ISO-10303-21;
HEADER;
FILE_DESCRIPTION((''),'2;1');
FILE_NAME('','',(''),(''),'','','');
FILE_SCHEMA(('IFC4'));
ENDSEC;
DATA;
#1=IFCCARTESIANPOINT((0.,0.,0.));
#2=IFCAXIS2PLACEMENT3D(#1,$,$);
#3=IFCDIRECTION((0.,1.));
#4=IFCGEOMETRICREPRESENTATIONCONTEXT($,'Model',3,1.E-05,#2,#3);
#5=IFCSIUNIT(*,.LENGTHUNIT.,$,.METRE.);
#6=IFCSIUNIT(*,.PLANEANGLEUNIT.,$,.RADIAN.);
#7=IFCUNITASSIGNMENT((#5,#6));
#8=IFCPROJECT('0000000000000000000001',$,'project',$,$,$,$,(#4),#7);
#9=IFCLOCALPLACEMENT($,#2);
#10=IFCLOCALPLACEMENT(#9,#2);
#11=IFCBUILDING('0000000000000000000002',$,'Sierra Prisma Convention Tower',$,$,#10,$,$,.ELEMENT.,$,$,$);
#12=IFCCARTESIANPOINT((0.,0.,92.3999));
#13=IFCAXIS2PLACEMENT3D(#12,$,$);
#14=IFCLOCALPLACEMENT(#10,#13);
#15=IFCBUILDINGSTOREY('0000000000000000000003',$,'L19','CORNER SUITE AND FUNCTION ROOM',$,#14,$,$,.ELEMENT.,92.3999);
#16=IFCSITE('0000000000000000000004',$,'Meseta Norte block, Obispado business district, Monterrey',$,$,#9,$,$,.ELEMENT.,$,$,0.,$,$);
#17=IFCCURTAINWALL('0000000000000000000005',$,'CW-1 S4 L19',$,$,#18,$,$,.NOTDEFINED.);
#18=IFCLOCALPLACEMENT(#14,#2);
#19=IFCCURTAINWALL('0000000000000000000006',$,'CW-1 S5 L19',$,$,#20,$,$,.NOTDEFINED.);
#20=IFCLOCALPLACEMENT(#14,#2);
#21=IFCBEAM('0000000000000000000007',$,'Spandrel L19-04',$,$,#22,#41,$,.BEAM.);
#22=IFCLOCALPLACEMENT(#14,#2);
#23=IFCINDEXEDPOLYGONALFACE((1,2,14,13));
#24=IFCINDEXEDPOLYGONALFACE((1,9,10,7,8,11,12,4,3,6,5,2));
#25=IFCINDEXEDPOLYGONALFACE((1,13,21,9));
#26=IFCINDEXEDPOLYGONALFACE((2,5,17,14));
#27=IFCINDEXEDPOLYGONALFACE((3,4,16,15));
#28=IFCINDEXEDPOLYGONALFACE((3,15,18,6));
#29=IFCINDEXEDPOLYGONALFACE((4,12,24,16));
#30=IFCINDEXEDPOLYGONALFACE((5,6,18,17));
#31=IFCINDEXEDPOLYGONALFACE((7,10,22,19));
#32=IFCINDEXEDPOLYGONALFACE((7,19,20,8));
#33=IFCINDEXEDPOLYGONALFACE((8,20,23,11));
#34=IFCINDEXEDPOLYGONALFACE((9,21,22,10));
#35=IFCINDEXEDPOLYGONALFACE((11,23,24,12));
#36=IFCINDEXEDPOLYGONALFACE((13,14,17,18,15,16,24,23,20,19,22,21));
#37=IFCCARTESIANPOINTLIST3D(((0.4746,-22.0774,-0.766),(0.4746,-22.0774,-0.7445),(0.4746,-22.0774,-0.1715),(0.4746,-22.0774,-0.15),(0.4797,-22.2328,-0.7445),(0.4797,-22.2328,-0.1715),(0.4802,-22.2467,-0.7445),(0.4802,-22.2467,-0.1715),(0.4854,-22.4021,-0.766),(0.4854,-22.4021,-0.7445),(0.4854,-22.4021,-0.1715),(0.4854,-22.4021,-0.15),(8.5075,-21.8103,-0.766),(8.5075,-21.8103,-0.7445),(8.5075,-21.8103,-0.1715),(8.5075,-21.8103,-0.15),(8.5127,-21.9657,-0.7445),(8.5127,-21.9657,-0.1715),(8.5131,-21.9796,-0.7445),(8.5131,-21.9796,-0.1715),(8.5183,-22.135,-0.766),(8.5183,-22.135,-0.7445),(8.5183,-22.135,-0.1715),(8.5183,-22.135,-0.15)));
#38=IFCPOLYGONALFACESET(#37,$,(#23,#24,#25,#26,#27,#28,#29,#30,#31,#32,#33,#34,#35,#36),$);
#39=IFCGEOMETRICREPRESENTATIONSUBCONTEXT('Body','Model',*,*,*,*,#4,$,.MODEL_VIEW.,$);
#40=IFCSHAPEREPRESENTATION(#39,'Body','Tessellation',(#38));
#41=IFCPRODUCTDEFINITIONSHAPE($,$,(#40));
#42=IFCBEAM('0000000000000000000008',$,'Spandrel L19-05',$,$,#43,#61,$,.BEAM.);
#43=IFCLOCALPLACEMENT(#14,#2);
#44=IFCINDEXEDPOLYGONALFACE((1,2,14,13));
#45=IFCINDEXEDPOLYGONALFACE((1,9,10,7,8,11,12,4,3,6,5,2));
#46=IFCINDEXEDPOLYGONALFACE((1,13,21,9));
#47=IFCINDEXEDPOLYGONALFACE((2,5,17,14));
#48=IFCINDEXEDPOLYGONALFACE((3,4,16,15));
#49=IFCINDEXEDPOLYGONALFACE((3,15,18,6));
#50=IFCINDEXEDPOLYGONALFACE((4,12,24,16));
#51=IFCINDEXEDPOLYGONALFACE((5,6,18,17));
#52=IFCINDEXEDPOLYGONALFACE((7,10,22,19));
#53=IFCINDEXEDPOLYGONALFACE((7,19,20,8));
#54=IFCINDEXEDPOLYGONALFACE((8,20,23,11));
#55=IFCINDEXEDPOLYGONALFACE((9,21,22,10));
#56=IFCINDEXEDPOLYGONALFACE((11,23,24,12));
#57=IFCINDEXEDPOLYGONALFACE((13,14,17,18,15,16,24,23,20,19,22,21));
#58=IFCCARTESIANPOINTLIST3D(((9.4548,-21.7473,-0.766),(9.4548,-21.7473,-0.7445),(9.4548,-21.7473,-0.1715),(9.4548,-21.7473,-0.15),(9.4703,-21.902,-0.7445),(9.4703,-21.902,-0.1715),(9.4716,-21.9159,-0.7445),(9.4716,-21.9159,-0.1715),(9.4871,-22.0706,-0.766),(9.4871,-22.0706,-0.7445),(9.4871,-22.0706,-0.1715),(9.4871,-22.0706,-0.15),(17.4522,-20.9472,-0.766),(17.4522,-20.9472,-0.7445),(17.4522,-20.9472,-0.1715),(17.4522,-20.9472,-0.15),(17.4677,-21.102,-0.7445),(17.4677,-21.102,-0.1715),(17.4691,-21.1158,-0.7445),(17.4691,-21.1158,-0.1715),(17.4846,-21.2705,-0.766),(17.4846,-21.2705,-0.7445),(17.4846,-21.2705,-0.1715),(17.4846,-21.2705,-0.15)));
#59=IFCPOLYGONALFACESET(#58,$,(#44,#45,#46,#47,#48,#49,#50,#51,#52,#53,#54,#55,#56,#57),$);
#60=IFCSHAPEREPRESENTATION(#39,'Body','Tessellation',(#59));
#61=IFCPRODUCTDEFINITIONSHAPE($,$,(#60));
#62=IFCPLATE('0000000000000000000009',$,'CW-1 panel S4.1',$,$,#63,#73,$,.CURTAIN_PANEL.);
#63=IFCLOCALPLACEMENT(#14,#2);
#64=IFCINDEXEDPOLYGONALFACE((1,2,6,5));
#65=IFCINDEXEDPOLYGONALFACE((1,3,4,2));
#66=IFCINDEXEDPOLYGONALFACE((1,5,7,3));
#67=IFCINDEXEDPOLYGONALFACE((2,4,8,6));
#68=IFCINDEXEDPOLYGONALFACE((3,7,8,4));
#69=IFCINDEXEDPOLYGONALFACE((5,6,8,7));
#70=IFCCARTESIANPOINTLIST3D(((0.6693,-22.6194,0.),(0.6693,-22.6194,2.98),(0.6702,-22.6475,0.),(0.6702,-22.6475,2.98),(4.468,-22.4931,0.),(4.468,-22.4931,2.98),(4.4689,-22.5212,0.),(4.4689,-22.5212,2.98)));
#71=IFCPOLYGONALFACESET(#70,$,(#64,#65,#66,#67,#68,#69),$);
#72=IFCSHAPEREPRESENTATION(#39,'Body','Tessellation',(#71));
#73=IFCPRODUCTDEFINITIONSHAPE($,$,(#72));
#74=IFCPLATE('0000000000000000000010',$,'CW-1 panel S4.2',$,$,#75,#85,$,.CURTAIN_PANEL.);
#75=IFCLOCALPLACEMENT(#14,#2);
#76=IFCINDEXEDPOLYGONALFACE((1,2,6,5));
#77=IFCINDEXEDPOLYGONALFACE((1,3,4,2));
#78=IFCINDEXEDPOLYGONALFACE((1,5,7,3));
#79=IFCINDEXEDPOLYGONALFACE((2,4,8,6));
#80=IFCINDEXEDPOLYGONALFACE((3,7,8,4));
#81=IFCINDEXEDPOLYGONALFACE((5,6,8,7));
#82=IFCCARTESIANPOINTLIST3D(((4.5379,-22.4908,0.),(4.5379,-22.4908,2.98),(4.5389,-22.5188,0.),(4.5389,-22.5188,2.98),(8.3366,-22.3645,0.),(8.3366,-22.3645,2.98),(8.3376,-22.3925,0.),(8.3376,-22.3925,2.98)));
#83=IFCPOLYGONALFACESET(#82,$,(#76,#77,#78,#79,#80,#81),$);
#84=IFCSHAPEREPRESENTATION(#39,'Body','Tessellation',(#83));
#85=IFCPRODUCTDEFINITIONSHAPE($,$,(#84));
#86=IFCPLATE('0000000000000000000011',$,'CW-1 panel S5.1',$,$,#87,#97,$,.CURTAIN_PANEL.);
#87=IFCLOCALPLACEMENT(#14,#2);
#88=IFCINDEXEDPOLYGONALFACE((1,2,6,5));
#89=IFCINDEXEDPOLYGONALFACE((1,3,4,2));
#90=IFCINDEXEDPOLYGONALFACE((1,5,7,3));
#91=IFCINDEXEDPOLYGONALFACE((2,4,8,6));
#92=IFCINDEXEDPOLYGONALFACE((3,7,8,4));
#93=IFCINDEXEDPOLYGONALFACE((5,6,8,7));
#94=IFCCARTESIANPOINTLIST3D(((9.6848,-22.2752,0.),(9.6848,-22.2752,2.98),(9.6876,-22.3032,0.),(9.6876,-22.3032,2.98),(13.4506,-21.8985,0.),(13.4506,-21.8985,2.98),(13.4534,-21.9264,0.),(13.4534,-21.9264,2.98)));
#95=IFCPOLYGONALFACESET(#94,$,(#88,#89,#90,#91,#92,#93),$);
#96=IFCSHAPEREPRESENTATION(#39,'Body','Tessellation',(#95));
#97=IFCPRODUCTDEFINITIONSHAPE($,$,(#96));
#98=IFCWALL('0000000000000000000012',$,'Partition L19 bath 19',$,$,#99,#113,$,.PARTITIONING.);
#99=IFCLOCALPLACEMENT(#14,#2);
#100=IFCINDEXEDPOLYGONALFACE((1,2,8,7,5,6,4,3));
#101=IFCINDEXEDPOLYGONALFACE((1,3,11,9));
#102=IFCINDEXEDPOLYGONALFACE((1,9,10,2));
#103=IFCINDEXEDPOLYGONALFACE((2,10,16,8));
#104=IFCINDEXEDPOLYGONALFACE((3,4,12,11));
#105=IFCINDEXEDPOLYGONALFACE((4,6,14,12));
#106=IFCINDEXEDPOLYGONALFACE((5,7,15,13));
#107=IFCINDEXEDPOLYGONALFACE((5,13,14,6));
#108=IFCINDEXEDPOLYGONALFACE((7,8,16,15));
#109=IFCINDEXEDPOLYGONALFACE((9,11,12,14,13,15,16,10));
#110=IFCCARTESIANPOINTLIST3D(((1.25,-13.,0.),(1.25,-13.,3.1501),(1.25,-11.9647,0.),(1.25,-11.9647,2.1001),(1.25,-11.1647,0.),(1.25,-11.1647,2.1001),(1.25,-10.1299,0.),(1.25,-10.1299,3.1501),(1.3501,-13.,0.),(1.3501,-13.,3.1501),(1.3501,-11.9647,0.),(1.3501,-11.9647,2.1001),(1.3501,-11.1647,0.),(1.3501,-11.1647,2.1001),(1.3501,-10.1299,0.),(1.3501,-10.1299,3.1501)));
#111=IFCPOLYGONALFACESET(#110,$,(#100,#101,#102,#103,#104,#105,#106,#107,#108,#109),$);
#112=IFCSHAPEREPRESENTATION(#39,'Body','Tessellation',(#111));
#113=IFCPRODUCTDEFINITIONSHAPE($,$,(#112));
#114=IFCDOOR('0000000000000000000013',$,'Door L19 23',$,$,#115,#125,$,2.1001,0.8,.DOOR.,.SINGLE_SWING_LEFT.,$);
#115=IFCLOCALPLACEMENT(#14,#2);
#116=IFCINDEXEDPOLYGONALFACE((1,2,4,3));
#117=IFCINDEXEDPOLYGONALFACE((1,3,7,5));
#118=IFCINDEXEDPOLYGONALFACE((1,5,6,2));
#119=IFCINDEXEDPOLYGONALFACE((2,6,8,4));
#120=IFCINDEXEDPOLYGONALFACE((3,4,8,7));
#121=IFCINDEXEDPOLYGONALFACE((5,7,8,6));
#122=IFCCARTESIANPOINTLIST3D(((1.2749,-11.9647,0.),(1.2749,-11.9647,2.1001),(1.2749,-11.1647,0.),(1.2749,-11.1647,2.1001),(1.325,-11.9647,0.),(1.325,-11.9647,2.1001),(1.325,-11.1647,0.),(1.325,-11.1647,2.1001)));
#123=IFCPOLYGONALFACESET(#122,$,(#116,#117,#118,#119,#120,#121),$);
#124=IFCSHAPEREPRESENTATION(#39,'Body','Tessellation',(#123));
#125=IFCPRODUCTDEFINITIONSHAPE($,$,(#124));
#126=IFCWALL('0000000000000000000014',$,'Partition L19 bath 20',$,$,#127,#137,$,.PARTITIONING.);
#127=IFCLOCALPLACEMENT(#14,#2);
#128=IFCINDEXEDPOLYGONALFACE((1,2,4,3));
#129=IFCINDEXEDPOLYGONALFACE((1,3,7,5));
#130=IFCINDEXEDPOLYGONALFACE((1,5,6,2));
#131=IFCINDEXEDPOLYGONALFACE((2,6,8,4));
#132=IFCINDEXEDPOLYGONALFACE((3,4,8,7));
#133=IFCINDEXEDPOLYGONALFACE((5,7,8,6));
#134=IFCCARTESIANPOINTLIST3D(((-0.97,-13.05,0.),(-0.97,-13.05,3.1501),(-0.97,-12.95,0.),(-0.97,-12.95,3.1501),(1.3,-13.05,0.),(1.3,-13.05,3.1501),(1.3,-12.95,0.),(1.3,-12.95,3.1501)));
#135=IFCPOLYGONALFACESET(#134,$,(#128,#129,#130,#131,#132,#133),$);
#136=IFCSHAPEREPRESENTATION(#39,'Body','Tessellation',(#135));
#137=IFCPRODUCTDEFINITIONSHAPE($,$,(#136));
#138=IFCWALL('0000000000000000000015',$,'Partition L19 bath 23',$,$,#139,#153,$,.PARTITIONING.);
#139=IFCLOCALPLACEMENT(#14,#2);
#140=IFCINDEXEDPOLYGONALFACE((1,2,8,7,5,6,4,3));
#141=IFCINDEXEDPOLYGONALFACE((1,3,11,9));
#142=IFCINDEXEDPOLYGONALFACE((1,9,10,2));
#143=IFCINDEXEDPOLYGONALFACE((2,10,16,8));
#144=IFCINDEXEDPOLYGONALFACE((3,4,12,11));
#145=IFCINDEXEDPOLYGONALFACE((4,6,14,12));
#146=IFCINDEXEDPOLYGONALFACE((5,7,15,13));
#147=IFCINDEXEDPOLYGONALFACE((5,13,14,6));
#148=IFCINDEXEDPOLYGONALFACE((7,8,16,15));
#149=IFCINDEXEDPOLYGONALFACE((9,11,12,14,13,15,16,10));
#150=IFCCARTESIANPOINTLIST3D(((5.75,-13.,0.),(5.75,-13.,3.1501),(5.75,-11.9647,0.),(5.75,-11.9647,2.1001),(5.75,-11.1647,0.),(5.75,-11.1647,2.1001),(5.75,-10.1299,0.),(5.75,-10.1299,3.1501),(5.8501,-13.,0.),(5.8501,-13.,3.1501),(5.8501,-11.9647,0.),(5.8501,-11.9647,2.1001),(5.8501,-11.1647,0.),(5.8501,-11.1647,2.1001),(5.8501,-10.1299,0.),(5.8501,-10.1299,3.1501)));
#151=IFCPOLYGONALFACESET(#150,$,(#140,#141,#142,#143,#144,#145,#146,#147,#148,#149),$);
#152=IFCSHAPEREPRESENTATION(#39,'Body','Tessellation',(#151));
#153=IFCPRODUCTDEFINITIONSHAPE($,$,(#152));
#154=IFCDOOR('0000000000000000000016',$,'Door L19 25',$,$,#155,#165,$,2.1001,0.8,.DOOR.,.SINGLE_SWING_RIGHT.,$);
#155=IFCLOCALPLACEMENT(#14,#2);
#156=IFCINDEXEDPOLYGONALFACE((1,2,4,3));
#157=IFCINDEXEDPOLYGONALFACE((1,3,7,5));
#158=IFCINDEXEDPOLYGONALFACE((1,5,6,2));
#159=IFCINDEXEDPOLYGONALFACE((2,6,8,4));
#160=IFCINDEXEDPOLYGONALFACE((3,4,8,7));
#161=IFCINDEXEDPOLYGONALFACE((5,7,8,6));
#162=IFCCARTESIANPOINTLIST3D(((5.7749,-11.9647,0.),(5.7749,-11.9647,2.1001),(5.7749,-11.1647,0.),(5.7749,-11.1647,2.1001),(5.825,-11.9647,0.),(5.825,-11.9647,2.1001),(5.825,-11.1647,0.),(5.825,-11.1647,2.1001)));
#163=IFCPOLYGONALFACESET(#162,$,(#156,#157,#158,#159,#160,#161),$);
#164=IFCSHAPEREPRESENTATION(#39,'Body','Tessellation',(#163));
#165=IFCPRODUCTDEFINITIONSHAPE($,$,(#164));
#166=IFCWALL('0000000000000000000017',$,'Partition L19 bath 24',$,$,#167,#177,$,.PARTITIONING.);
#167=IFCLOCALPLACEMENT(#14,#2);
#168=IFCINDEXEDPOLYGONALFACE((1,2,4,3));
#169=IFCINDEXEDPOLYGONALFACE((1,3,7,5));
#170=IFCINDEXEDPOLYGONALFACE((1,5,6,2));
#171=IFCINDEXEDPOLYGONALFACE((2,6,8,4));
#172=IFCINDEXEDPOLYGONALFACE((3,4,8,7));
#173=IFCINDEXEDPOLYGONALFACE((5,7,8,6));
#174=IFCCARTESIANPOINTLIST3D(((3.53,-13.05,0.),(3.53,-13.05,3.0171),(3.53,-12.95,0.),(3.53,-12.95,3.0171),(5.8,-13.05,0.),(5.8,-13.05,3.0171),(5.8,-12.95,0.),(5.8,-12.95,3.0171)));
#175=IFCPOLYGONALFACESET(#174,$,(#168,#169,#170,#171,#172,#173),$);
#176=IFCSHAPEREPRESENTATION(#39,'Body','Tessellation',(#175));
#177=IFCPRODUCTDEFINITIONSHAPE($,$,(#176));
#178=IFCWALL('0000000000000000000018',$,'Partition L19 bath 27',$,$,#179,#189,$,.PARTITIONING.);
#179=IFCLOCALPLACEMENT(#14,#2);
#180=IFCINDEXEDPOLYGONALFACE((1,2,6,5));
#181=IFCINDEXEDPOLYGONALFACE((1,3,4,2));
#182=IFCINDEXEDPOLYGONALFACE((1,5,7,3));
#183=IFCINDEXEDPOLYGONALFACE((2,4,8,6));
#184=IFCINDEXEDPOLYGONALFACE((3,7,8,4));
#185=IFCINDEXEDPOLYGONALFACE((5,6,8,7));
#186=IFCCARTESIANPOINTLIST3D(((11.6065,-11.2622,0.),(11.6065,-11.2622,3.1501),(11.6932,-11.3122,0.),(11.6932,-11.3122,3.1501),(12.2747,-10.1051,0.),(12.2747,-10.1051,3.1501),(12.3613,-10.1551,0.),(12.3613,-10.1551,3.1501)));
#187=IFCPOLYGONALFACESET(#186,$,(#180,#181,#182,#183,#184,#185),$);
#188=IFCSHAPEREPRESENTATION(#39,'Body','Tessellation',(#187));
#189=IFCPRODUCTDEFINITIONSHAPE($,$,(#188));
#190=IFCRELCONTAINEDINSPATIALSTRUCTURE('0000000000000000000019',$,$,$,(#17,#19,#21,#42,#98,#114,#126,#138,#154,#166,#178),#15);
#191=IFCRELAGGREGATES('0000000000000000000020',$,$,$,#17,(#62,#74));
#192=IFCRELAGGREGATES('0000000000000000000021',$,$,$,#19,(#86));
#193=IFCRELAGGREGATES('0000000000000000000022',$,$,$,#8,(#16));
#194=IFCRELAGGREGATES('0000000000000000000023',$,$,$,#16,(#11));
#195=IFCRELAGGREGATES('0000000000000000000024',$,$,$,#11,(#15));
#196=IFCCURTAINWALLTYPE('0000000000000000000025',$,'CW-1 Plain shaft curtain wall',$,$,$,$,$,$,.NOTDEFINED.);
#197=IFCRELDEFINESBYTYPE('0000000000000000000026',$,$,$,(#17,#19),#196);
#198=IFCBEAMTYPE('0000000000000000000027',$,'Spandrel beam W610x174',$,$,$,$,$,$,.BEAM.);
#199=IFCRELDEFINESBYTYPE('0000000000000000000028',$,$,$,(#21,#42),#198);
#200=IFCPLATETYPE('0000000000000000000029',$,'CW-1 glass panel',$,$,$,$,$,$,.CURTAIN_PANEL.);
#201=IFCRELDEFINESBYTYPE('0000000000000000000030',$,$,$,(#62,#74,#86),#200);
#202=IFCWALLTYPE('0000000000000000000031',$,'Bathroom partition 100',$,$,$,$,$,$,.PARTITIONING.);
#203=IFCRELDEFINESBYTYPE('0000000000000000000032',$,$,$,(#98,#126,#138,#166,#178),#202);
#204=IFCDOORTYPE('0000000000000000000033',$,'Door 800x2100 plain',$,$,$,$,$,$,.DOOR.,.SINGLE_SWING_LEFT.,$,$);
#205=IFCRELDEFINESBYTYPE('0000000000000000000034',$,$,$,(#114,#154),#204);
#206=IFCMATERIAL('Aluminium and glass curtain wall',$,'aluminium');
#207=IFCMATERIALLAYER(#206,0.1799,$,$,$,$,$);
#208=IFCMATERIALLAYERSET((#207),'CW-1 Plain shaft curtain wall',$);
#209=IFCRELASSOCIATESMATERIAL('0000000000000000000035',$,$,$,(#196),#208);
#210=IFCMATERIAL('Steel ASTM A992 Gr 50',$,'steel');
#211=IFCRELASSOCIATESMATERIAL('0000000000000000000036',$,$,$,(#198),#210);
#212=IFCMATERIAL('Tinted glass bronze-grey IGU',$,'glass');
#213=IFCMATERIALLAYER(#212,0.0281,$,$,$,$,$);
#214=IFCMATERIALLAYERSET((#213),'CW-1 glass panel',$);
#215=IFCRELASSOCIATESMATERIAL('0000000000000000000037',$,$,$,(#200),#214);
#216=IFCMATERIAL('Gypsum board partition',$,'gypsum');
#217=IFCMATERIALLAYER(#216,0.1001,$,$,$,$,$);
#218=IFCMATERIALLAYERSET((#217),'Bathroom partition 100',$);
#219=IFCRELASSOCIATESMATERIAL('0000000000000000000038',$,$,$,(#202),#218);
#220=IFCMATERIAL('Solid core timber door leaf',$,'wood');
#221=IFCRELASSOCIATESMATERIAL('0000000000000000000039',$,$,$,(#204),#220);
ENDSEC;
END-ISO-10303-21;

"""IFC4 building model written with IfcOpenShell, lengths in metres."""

from ifc_helpers import new_model, si_unit, direction, frame, frame_2d, origin, origin_2d, place, context, subcontext, project, spatial, rectangle, i_section, extrude, material, layer, layer_set, material_profile, profile_set, type_object, element, fill, aggregate, save


model = new_model("IFC4")

# Units and contexts
model_context = context("Model", 3, precision=1e-05, world=origin(), true_north=direction((0.0, 1.0)))
body_context = subcontext(model_context, "Body", "Model", "MODEL_VIEW")
ifc_project = project(units=[si_unit("LENGTHUNIT", "METRE"), si_unit("PLANEANGLEUNIT", "RADIAN")], contexts=[model_context])

# Site, building, storey
site_placement = place(None, origin())
site = spatial("IfcSite", under=ifc_project, at=site_placement, Name="Meseta Norte block, Obispado business district, Monterrey", CompositionType="ELEMENT", RefElevation=0.0)
building_placement = place(site_placement, origin())
building = spatial("IfcBuilding", under=site, at=building_placement, Name="Sierra Prisma Convention Tower", CompositionType="ELEMENT")
storey_placement = place(building_placement, frame((0.0, 0.0, 92.3999)))
storey = spatial("IfcBuildingStorey", under=building, at=storey_placement, Name="L19", Description="CORNER SUITE AND FUNCTION ROOM", CompositionType="ELEMENT", Elevation=92.3999)

# Curtain wall
ifc_material_1 = material(Name="Aluminium and glass curtain wall", Category="aluminium")
ifc_layer_1 = layer(ifc_material_1, 0.1799)
ifc_layer_set_1 = layer_set([ifc_layer_1], Name="CW-1 Plain shaft curtain wall")
curtain_wall_type = type_object("IfcCurtainWallType", Name="CW-1 Plain shaft curtain wall", PredefinedType="NOTDEFINED", material=ifc_layer_set_1)
curtain_wall_1_placement = place(storey_placement, origin())
curtain_wall_1 = element("IfcCurtainWall", 1, at=curtain_wall_1_placement, inside=storey, type_object=curtain_wall_type, Name="CW-1 S4 L19", PredefinedType="NOTDEFINED")

# Curtain wall
curtain_wall_2_placement = place(storey_placement, origin())
curtain_wall_2 = element("IfcCurtainWall", 2, at=curtain_wall_2_placement, inside=storey, type_object=curtain_wall_type, Name="CW-1 S5 L19", PredefinedType="NOTDEFINED")

# Beams
ifc_material_2 = material(Name="Steel ASTM A992 Gr 50", Category="steel")
ifc_material_profile_1 = material_profile(ifc_material_2, i_section(OverallWidth=0.325, OverallDepth=0.616, WebThickness=0.0139, FlangeThickness=0.0215, at=origin_2d()), Name="W610x174")
ifc_profile_set_1 = profile_set([ifc_material_profile_1], Name="Steel ASTM A992 Gr 50")
beam_type_1 = type_object("IfcBeamType", Name="Spandrel beam W610x174", PredefinedType="BEAM", material=ifc_profile_set_1)
for number, where, z_axis, x_axis, name in (
    (3, (0.48, -22.2397, -0.458), (0.999448, 0.033231, 0.0), (-0.033231, 0.999448, 0.0), "Spandrel L19-04"),
    (4, (9.4709, -21.9089, -0.458), (0.995033, 0.099543, 0.0), (-0.099543, 0.995033, 0.0), "Spandrel L19-05"),
):
    element("IfcBeam", number, at=place(storey_placement, frame(where, z_axis=z_axis, x_axis=x_axis)), inside=storey, type_object=beam_type_1, Name=name, PredefinedType="BEAM", context=body_context, shape_type="SweptSolid", body=[
        extrude(i_section(OverallWidth=0.325, OverallDepth=0.616, WebThickness=0.0139, FlangeThickness=0.0215, at=origin_2d()), origin(), (0.0, 0.0, 1.0), 8.0374),
    ])

# Plates
ifc_material_3 = material(Name="Tinted glass bronze-grey IGU", Category="glass")
ifc_layer_2 = layer(ifc_material_3, 0.0281)
ifc_layer_set_2 = layer_set([ifc_layer_2], Name="CW-1 glass panel")
plate_type = type_object("IfcPlateType", Name="CW-1 glass panel", PredefinedType="CURTAIN_PANEL", material=ifc_layer_set_2)
plate_1_placement = place(storey_placement, frame((2.5691, -22.5703, 0.0), z_axis=(0.0, 0.0, 1.0), x_axis=(0.999448, 0.033231, 0.0)))
plate_1 = element("IfcPlate", 5, at=plate_1_placement, type_object=plate_type, Name="CW-1 panel S4.1", PredefinedType="CURTAIN_PANEL", context=body_context, shape_type="SweptSolid", body=[
    extrude(rectangle(XDim=3.8008, YDim=0.0281, at=origin_2d()), origin(), (0.0, 0.0, 1.0), 2.98),
])
plate_2_placement = place(storey_placement, frame((6.4377, -22.4417, 0.0), z_axis=(0.0, 0.0, 1.0), x_axis=(0.999448, 0.033231, 0.0)))
plate_2 = element("IfcPlate", 6, at=plate_2_placement, type_object=plate_type, Name="CW-1 panel S4.2", PredefinedType="CURTAIN_PANEL", context=body_context, shape_type="SweptSolid", body=[
    extrude(rectangle(XDim=3.8008, YDim=0.0281, at=origin_2d()), origin(), (0.0, 0.0, 1.0), 2.98),
])
aggregate(curtain_wall_1, [plate_1, plate_2])
plate_3_placement = place(storey_placement, frame((11.5691, -22.1008, 0.0), z_axis=(0.0, 0.0, 1.0), x_axis=(0.995033, 0.099546, 0.0)))
plate_3 = element("IfcPlate", 7, at=plate_3_placement, type_object=plate_type, Name="CW-1 panel S5.1", PredefinedType="CURTAIN_PANEL", context=body_context, shape_type="SweptSolid", body=[
    extrude(rectangle(XDim=3.7847, YDim=0.0281, at=origin_2d()), origin(), (0.0, 0.0, 1.0), 2.98),
])
aggregate(curtain_wall_2, [plate_3])

# Wall, opening, door
ifc_material_4 = material(Name="Gypsum board partition", Category="gypsum")
ifc_layer_3 = layer(ifc_material_4, 0.1001)
ifc_layer_set_3 = layer_set([ifc_layer_3], Name="Bathroom partition 100")
wall_type_1 = type_object("IfcWallType", Name="Bathroom partition 100", PredefinedType="PARTITIONING", material=ifc_layer_set_3)
wall_1_placement = place(storey_placement, frame((1.3, -10.1299, 0.0), z_axis=(0.0, 0.0, 1.0), x_axis=(0.0, -1.0, 0.0)))
wall_1 = element("IfcWall", 8, at=wall_1_placement, inside=storey, type_object=wall_type_1, Name="Partition L19 bath 19", PredefinedType="PARTITIONING", context=body_context, shape_type="SweptSolid", body=[
    extrude(rectangle(XDim=2.8701, YDim=0.1001, at=frame_2d((1.4351, 0.0))), origin(), (0.0, 0.0, 1.0), 3.1501),
])
opening_1_placement = place(wall_1_placement, frame((1.0349, 0.0, 0.0)))
opening_1 = element("IfcOpeningElement", 9, at=opening_1_placement, cuts=wall_1, PredefinedType="OPENING", context=body_context, shape_type="SweptSolid", body=[
    extrude(rectangle(XDim=0.8, YDim=2.1001, at=frame_2d((0.3999, 1.05))), frame((0.0, 0.05, 0.0), z_axis=(0.0, -1.0, 0.0), x_axis=(1.0, 0.0, 0.0)), (0.0, 0.0, 1.0), 0.1001),
])
ifc_material_5 = material(Name="Solid core timber door leaf", Category="wood")
door_type = type_object("IfcDoorType", Name="Door 800x2100 plain", OperationType="SINGLE_SWING_LEFT", PredefinedType="DOOR", material=ifc_material_5)
door_1_placement = place(opening_1_placement, origin())
door_1 = element("IfcDoor", 10, at=door_1_placement, inside=storey, type_object=door_type, Name="Door L19 23", OperationType="SINGLE_SWING_LEFT", OverallHeight=2.1001, OverallWidth=0.8, PredefinedType="DOOR", context=body_context, shape_type="SweptSolid", body=[
    extrude(rectangle(XDim=0.8, YDim=2.1001, at=frame_2d((0.3999, 1.05))), frame((0.0, 0.0249, 0.0), z_axis=(0.0, -1.0, 0.0), x_axis=(1.0, 0.0, 0.0)), (0.0, 0.0, 1.0), 0.05),
])
fill(opening_1, door_1)

# Wall
wall_2_placement = place(storey_placement, frame((1.3, -13.0, 0.0), z_axis=(0.0, 0.0, 1.0), x_axis=(-1.0, 0.0, 0.0)))
element("IfcWall", 11, at=wall_2_placement, inside=storey, type_object=wall_type_1, Name="Partition L19 bath 20", PredefinedType="PARTITIONING", context=body_context, shape_type="SweptSolid", body=[
    extrude(rectangle(XDim=2.27, YDim=0.1001, at=frame_2d((1.135, 0.0))), origin(), (0.0, 0.0, 1.0), 3.1501),
])

# Wall, opening, door
wall_3_placement = place(storey_placement, frame((5.8, -10.1299, 0.0), z_axis=(0.0, 0.0, 1.0), x_axis=(0.0, -1.0, 0.0)))
wall_3 = element("IfcWall", 12, at=wall_3_placement, inside=storey, type_object=wall_type_1, Name="Partition L19 bath 23", PredefinedType="PARTITIONING", context=body_context, shape_type="SweptSolid", body=[
    extrude(rectangle(XDim=2.8701, YDim=0.1001, at=frame_2d((1.4351, 0.0))), origin(), (0.0, 0.0, 1.0), 3.1501),
])
opening_2_placement = place(wall_3_placement, frame((1.0349, 0.0, 0.0)))
opening_2 = element("IfcOpeningElement", 13, at=opening_2_placement, cuts=wall_3, PredefinedType="OPENING", context=body_context, shape_type="SweptSolid", body=[
    extrude(rectangle(XDim=0.8, YDim=2.1001, at=frame_2d((0.3999, 1.05))), frame((0.0, 0.05, 0.0), z_axis=(0.0, -1.0, 0.0), x_axis=(1.0, 0.0, 0.0)), (0.0, 0.0, 1.0), 0.1001),
])
door_2_placement = place(opening_2_placement, origin())
door_2 = element("IfcDoor", 14, at=door_2_placement, inside=storey, type_object=door_type, Name="Door L19 25", OperationType="SINGLE_SWING_RIGHT", OverallHeight=2.1001, OverallWidth=0.8, PredefinedType="DOOR", context=body_context, shape_type="SweptSolid", body=[
    extrude(rectangle(XDim=0.8, YDim=2.1001, at=frame_2d((0.3999, 1.05))), frame((0.0, 0.0249, 0.0), z_axis=(0.0, -1.0, 0.0), x_axis=(1.0, 0.0, 0.0)), (0.0, 0.0, 1.0), 0.05),
])
fill(opening_2, door_2)

# Walls
wall_4_placement = place(storey_placement, frame((5.8, -13.0, 0.0), z_axis=(0.0, 0.0, 1.0), x_axis=(-1.0, 0.0, 0.0)))
element("IfcWall", 15, at=wall_4_placement, inside=storey, type_object=wall_type_1, Name="Partition L19 bath 24", PredefinedType="PARTITIONING", context=body_context, shape_type="SweptSolid", body=[
    extrude(rectangle(XDim=2.27, YDim=0.1001, at=frame_2d((1.135, 0.0))), origin(), (0.0, 0.0, 1.0), 3.0171),
])
wall_5_placement = place(storey_placement, frame((11.6499, -11.2871, 0.0), z_axis=(0.0, 0.0, 1.0), x_axis=(0.500049, 0.865997, 0.0)))
element("IfcWall", 16, at=wall_5_placement, inside=storey, type_object=wall_type_1, Name="Partition L19 bath 27", PredefinedType="PARTITIONING", context=body_context, shape_type="SweptSolid", body=[
    extrude(rectangle(XDim=1.3362, YDim=0.1001, at=frame_2d((0.668, 0.0))), origin(), (0.0, 0.0, 1.0), 3.1501),
])

save(model, "model.ifc")
